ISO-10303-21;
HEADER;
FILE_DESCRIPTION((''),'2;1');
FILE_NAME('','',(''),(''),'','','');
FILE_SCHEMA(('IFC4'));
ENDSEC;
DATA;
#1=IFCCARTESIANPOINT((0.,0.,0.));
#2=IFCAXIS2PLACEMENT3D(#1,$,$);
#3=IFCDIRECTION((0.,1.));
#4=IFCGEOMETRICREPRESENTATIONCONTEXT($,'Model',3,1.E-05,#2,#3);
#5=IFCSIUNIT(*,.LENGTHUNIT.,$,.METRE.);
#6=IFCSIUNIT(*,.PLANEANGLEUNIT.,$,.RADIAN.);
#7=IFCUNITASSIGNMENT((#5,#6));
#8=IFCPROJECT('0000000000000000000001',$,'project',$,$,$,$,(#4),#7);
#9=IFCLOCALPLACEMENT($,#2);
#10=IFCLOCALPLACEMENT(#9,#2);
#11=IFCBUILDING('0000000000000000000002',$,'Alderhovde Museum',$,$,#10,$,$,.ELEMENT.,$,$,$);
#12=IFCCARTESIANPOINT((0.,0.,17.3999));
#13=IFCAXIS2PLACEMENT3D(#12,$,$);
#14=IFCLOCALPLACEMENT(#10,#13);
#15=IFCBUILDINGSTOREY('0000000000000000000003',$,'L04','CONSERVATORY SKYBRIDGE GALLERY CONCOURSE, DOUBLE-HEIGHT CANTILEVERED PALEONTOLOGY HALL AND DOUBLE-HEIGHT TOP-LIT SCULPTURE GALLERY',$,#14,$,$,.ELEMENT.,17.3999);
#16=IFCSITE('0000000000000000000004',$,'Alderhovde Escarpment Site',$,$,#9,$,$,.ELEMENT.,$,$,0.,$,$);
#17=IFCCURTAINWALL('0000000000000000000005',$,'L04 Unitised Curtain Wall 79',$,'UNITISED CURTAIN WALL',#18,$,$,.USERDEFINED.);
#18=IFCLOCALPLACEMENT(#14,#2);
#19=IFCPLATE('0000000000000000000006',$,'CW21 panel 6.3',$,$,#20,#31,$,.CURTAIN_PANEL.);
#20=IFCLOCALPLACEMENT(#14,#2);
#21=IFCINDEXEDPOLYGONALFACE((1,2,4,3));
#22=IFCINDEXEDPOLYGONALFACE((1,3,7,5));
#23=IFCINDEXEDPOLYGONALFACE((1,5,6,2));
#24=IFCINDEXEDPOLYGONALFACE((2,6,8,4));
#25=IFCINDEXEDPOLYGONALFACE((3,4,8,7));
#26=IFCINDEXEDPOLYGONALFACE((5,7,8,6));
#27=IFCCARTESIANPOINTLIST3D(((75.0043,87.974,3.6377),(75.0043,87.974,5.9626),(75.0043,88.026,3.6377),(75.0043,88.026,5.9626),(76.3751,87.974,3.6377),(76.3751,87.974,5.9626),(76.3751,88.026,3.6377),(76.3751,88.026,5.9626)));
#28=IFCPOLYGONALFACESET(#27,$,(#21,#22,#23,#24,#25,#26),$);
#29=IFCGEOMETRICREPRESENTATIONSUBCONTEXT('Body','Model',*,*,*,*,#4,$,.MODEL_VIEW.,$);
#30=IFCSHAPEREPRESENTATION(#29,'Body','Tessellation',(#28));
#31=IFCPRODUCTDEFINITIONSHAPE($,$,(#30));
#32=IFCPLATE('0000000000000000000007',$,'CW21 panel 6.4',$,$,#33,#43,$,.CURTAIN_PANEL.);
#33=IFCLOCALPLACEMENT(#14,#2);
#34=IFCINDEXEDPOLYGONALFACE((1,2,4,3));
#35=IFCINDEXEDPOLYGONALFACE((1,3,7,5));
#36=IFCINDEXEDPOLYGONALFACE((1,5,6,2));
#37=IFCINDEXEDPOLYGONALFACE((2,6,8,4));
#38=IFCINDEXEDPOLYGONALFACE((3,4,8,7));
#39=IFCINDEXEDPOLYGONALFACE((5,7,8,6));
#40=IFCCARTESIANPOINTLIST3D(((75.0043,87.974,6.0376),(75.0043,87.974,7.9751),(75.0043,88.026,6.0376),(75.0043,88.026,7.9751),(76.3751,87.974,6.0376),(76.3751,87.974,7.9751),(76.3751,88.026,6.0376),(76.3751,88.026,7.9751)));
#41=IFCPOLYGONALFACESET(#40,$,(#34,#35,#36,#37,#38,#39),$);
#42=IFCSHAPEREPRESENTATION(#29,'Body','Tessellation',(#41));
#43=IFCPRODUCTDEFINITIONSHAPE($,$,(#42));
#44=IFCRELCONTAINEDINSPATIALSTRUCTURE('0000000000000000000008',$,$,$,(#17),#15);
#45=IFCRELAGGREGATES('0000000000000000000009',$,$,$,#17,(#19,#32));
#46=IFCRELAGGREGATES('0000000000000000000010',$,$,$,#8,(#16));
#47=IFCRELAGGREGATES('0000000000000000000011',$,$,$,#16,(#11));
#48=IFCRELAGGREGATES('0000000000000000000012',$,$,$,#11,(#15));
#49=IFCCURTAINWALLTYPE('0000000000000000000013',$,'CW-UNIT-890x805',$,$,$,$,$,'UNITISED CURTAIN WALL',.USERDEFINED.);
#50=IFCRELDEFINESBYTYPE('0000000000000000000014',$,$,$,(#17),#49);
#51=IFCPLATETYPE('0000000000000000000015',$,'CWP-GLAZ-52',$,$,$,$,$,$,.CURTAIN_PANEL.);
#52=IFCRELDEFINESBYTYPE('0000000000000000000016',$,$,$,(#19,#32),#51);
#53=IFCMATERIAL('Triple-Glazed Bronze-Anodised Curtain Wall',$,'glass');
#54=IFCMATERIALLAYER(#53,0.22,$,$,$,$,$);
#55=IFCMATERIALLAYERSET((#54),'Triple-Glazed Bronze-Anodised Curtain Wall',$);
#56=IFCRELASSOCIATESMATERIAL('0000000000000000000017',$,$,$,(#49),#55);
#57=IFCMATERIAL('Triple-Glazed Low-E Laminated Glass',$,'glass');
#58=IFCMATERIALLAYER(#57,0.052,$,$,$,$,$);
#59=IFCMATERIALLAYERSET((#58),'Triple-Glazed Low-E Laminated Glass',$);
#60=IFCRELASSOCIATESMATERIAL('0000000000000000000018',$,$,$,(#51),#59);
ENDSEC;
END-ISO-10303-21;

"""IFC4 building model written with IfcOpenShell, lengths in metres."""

from ifc_helpers import new_model, si_unit, direction, frame, origin, origin_2d, place, context, subcontext, project, spatial, rectangle, extrude, material, layer, layer_set, type_object, element, aggregate, save


model = new_model("IFC4")

# Units and contexts
model_context = context("Model", 3, precision=1e-05, world=origin(), true_north=direction((0.0, 1.0)))
body_context = subcontext(model_context, "Body", "Model", "MODEL_VIEW")
ifc_project = project(units=[si_unit("LENGTHUNIT", "METRE"), si_unit("PLANEANGLEUNIT", "RADIAN")], contexts=[model_context])

# Site, building, storey
site_placement = place(None, origin())
site = spatial("IfcSite", under=ifc_project, at=site_placement, Name="Alderhovde Escarpment Site", CompositionType="ELEMENT", RefElevation=0.0)
building_placement = place(site_placement, origin())
building = spatial("IfcBuilding", under=site, at=building_placement, Name="Alderhovde Museum", CompositionType="ELEMENT")
storey_placement = place(building_placement, frame((0.0, 0.0, 17.3999)))
storey = spatial("IfcBuildingStorey", under=building, at=storey_placement, Name="L04", Description="CONSERVATORY SKYBRIDGE GALLERY CONCOURSE, DOUBLE-HEIGHT CANTILEVERED PALEONTOLOGY HALL AND DOUBLE-HEIGHT TOP-LIT SCULPTURE GALLERY", CompositionType="ELEMENT", Elevation=17.3999)

# Curtain wall
ifc_material_1 = material(Name="Triple-Glazed Bronze-Anodised Curtain Wall", Category="glass")
ifc_layer_1 = layer(ifc_material_1, 0.22)
ifc_layer_set_1 = layer_set([ifc_layer_1], Name="Triple-Glazed Bronze-Anodised Curtain Wall")
curtain_wall_type = type_object("IfcCurtainWallType", Name="CW-UNIT-890x805", ElementType="UNITISED CURTAIN WALL", PredefinedType="USERDEFINED", material=ifc_layer_set_1)
curtain_wall_1_placement = place(storey_placement, origin())
curtain_wall_1 = element("IfcCurtainWall", 1, at=curtain_wall_1_placement, inside=storey, type_object=curtain_wall_type, Name="L04 Unitised Curtain Wall 79", ObjectType="UNITISED CURTAIN WALL", PredefinedType="USERDEFINED")

# Plates
ifc_material_2 = material(Name="Triple-Glazed Low-E Laminated Glass", Category="glass")
ifc_layer_2 = layer(ifc_material_2, 0.052)
ifc_layer_set_2 = layer_set([ifc_layer_2], Name="Triple-Glazed Low-E Laminated Glass")
plate_type_1 = type_object("IfcPlateType", Name="CWP-GLAZ-52", PredefinedType="CURTAIN_PANEL", material=ifc_layer_set_2)
plate_1_placement = place(storey_placement, frame((75.6897, 88.0, 3.6377), z_axis=(0.0, 0.0, 1.0), x_axis=(1.0, 0.0, 0.0)))
plate_1 = element("IfcPlate", 2, at=plate_1_placement, type_object=plate_type_1, Name="CW21 panel 6.3", PredefinedType="CURTAIN_PANEL", context=body_context, shape_type="SweptSolid", body=[
    extrude(rectangle(XDim=1.3708, YDim=0.052, at=origin_2d()), origin(), (0.0, 0.0, 1.0), 2.325),
])
plate_2_placement = place(storey_placement, frame((75.6897, 88.0, 6.0376), z_axis=(0.0, 0.0, 1.0), x_axis=(1.0, 0.0, 0.0)))
plate_2 = element("IfcPlate", 3, at=plate_2_placement, type_object=plate_type_1, Name="CW21 panel 6.4", PredefinedType="CURTAIN_PANEL", context=body_context, shape_type="SweptSolid", body=[
    extrude(rectangle(XDim=1.3708, YDim=0.052, at=origin_2d()), origin(), (0.0, 0.0, 1.0), 1.9375),
])
aggregate(curtain_wall_1, [plate_1, plate_2])

save(model, "model.ifc")
